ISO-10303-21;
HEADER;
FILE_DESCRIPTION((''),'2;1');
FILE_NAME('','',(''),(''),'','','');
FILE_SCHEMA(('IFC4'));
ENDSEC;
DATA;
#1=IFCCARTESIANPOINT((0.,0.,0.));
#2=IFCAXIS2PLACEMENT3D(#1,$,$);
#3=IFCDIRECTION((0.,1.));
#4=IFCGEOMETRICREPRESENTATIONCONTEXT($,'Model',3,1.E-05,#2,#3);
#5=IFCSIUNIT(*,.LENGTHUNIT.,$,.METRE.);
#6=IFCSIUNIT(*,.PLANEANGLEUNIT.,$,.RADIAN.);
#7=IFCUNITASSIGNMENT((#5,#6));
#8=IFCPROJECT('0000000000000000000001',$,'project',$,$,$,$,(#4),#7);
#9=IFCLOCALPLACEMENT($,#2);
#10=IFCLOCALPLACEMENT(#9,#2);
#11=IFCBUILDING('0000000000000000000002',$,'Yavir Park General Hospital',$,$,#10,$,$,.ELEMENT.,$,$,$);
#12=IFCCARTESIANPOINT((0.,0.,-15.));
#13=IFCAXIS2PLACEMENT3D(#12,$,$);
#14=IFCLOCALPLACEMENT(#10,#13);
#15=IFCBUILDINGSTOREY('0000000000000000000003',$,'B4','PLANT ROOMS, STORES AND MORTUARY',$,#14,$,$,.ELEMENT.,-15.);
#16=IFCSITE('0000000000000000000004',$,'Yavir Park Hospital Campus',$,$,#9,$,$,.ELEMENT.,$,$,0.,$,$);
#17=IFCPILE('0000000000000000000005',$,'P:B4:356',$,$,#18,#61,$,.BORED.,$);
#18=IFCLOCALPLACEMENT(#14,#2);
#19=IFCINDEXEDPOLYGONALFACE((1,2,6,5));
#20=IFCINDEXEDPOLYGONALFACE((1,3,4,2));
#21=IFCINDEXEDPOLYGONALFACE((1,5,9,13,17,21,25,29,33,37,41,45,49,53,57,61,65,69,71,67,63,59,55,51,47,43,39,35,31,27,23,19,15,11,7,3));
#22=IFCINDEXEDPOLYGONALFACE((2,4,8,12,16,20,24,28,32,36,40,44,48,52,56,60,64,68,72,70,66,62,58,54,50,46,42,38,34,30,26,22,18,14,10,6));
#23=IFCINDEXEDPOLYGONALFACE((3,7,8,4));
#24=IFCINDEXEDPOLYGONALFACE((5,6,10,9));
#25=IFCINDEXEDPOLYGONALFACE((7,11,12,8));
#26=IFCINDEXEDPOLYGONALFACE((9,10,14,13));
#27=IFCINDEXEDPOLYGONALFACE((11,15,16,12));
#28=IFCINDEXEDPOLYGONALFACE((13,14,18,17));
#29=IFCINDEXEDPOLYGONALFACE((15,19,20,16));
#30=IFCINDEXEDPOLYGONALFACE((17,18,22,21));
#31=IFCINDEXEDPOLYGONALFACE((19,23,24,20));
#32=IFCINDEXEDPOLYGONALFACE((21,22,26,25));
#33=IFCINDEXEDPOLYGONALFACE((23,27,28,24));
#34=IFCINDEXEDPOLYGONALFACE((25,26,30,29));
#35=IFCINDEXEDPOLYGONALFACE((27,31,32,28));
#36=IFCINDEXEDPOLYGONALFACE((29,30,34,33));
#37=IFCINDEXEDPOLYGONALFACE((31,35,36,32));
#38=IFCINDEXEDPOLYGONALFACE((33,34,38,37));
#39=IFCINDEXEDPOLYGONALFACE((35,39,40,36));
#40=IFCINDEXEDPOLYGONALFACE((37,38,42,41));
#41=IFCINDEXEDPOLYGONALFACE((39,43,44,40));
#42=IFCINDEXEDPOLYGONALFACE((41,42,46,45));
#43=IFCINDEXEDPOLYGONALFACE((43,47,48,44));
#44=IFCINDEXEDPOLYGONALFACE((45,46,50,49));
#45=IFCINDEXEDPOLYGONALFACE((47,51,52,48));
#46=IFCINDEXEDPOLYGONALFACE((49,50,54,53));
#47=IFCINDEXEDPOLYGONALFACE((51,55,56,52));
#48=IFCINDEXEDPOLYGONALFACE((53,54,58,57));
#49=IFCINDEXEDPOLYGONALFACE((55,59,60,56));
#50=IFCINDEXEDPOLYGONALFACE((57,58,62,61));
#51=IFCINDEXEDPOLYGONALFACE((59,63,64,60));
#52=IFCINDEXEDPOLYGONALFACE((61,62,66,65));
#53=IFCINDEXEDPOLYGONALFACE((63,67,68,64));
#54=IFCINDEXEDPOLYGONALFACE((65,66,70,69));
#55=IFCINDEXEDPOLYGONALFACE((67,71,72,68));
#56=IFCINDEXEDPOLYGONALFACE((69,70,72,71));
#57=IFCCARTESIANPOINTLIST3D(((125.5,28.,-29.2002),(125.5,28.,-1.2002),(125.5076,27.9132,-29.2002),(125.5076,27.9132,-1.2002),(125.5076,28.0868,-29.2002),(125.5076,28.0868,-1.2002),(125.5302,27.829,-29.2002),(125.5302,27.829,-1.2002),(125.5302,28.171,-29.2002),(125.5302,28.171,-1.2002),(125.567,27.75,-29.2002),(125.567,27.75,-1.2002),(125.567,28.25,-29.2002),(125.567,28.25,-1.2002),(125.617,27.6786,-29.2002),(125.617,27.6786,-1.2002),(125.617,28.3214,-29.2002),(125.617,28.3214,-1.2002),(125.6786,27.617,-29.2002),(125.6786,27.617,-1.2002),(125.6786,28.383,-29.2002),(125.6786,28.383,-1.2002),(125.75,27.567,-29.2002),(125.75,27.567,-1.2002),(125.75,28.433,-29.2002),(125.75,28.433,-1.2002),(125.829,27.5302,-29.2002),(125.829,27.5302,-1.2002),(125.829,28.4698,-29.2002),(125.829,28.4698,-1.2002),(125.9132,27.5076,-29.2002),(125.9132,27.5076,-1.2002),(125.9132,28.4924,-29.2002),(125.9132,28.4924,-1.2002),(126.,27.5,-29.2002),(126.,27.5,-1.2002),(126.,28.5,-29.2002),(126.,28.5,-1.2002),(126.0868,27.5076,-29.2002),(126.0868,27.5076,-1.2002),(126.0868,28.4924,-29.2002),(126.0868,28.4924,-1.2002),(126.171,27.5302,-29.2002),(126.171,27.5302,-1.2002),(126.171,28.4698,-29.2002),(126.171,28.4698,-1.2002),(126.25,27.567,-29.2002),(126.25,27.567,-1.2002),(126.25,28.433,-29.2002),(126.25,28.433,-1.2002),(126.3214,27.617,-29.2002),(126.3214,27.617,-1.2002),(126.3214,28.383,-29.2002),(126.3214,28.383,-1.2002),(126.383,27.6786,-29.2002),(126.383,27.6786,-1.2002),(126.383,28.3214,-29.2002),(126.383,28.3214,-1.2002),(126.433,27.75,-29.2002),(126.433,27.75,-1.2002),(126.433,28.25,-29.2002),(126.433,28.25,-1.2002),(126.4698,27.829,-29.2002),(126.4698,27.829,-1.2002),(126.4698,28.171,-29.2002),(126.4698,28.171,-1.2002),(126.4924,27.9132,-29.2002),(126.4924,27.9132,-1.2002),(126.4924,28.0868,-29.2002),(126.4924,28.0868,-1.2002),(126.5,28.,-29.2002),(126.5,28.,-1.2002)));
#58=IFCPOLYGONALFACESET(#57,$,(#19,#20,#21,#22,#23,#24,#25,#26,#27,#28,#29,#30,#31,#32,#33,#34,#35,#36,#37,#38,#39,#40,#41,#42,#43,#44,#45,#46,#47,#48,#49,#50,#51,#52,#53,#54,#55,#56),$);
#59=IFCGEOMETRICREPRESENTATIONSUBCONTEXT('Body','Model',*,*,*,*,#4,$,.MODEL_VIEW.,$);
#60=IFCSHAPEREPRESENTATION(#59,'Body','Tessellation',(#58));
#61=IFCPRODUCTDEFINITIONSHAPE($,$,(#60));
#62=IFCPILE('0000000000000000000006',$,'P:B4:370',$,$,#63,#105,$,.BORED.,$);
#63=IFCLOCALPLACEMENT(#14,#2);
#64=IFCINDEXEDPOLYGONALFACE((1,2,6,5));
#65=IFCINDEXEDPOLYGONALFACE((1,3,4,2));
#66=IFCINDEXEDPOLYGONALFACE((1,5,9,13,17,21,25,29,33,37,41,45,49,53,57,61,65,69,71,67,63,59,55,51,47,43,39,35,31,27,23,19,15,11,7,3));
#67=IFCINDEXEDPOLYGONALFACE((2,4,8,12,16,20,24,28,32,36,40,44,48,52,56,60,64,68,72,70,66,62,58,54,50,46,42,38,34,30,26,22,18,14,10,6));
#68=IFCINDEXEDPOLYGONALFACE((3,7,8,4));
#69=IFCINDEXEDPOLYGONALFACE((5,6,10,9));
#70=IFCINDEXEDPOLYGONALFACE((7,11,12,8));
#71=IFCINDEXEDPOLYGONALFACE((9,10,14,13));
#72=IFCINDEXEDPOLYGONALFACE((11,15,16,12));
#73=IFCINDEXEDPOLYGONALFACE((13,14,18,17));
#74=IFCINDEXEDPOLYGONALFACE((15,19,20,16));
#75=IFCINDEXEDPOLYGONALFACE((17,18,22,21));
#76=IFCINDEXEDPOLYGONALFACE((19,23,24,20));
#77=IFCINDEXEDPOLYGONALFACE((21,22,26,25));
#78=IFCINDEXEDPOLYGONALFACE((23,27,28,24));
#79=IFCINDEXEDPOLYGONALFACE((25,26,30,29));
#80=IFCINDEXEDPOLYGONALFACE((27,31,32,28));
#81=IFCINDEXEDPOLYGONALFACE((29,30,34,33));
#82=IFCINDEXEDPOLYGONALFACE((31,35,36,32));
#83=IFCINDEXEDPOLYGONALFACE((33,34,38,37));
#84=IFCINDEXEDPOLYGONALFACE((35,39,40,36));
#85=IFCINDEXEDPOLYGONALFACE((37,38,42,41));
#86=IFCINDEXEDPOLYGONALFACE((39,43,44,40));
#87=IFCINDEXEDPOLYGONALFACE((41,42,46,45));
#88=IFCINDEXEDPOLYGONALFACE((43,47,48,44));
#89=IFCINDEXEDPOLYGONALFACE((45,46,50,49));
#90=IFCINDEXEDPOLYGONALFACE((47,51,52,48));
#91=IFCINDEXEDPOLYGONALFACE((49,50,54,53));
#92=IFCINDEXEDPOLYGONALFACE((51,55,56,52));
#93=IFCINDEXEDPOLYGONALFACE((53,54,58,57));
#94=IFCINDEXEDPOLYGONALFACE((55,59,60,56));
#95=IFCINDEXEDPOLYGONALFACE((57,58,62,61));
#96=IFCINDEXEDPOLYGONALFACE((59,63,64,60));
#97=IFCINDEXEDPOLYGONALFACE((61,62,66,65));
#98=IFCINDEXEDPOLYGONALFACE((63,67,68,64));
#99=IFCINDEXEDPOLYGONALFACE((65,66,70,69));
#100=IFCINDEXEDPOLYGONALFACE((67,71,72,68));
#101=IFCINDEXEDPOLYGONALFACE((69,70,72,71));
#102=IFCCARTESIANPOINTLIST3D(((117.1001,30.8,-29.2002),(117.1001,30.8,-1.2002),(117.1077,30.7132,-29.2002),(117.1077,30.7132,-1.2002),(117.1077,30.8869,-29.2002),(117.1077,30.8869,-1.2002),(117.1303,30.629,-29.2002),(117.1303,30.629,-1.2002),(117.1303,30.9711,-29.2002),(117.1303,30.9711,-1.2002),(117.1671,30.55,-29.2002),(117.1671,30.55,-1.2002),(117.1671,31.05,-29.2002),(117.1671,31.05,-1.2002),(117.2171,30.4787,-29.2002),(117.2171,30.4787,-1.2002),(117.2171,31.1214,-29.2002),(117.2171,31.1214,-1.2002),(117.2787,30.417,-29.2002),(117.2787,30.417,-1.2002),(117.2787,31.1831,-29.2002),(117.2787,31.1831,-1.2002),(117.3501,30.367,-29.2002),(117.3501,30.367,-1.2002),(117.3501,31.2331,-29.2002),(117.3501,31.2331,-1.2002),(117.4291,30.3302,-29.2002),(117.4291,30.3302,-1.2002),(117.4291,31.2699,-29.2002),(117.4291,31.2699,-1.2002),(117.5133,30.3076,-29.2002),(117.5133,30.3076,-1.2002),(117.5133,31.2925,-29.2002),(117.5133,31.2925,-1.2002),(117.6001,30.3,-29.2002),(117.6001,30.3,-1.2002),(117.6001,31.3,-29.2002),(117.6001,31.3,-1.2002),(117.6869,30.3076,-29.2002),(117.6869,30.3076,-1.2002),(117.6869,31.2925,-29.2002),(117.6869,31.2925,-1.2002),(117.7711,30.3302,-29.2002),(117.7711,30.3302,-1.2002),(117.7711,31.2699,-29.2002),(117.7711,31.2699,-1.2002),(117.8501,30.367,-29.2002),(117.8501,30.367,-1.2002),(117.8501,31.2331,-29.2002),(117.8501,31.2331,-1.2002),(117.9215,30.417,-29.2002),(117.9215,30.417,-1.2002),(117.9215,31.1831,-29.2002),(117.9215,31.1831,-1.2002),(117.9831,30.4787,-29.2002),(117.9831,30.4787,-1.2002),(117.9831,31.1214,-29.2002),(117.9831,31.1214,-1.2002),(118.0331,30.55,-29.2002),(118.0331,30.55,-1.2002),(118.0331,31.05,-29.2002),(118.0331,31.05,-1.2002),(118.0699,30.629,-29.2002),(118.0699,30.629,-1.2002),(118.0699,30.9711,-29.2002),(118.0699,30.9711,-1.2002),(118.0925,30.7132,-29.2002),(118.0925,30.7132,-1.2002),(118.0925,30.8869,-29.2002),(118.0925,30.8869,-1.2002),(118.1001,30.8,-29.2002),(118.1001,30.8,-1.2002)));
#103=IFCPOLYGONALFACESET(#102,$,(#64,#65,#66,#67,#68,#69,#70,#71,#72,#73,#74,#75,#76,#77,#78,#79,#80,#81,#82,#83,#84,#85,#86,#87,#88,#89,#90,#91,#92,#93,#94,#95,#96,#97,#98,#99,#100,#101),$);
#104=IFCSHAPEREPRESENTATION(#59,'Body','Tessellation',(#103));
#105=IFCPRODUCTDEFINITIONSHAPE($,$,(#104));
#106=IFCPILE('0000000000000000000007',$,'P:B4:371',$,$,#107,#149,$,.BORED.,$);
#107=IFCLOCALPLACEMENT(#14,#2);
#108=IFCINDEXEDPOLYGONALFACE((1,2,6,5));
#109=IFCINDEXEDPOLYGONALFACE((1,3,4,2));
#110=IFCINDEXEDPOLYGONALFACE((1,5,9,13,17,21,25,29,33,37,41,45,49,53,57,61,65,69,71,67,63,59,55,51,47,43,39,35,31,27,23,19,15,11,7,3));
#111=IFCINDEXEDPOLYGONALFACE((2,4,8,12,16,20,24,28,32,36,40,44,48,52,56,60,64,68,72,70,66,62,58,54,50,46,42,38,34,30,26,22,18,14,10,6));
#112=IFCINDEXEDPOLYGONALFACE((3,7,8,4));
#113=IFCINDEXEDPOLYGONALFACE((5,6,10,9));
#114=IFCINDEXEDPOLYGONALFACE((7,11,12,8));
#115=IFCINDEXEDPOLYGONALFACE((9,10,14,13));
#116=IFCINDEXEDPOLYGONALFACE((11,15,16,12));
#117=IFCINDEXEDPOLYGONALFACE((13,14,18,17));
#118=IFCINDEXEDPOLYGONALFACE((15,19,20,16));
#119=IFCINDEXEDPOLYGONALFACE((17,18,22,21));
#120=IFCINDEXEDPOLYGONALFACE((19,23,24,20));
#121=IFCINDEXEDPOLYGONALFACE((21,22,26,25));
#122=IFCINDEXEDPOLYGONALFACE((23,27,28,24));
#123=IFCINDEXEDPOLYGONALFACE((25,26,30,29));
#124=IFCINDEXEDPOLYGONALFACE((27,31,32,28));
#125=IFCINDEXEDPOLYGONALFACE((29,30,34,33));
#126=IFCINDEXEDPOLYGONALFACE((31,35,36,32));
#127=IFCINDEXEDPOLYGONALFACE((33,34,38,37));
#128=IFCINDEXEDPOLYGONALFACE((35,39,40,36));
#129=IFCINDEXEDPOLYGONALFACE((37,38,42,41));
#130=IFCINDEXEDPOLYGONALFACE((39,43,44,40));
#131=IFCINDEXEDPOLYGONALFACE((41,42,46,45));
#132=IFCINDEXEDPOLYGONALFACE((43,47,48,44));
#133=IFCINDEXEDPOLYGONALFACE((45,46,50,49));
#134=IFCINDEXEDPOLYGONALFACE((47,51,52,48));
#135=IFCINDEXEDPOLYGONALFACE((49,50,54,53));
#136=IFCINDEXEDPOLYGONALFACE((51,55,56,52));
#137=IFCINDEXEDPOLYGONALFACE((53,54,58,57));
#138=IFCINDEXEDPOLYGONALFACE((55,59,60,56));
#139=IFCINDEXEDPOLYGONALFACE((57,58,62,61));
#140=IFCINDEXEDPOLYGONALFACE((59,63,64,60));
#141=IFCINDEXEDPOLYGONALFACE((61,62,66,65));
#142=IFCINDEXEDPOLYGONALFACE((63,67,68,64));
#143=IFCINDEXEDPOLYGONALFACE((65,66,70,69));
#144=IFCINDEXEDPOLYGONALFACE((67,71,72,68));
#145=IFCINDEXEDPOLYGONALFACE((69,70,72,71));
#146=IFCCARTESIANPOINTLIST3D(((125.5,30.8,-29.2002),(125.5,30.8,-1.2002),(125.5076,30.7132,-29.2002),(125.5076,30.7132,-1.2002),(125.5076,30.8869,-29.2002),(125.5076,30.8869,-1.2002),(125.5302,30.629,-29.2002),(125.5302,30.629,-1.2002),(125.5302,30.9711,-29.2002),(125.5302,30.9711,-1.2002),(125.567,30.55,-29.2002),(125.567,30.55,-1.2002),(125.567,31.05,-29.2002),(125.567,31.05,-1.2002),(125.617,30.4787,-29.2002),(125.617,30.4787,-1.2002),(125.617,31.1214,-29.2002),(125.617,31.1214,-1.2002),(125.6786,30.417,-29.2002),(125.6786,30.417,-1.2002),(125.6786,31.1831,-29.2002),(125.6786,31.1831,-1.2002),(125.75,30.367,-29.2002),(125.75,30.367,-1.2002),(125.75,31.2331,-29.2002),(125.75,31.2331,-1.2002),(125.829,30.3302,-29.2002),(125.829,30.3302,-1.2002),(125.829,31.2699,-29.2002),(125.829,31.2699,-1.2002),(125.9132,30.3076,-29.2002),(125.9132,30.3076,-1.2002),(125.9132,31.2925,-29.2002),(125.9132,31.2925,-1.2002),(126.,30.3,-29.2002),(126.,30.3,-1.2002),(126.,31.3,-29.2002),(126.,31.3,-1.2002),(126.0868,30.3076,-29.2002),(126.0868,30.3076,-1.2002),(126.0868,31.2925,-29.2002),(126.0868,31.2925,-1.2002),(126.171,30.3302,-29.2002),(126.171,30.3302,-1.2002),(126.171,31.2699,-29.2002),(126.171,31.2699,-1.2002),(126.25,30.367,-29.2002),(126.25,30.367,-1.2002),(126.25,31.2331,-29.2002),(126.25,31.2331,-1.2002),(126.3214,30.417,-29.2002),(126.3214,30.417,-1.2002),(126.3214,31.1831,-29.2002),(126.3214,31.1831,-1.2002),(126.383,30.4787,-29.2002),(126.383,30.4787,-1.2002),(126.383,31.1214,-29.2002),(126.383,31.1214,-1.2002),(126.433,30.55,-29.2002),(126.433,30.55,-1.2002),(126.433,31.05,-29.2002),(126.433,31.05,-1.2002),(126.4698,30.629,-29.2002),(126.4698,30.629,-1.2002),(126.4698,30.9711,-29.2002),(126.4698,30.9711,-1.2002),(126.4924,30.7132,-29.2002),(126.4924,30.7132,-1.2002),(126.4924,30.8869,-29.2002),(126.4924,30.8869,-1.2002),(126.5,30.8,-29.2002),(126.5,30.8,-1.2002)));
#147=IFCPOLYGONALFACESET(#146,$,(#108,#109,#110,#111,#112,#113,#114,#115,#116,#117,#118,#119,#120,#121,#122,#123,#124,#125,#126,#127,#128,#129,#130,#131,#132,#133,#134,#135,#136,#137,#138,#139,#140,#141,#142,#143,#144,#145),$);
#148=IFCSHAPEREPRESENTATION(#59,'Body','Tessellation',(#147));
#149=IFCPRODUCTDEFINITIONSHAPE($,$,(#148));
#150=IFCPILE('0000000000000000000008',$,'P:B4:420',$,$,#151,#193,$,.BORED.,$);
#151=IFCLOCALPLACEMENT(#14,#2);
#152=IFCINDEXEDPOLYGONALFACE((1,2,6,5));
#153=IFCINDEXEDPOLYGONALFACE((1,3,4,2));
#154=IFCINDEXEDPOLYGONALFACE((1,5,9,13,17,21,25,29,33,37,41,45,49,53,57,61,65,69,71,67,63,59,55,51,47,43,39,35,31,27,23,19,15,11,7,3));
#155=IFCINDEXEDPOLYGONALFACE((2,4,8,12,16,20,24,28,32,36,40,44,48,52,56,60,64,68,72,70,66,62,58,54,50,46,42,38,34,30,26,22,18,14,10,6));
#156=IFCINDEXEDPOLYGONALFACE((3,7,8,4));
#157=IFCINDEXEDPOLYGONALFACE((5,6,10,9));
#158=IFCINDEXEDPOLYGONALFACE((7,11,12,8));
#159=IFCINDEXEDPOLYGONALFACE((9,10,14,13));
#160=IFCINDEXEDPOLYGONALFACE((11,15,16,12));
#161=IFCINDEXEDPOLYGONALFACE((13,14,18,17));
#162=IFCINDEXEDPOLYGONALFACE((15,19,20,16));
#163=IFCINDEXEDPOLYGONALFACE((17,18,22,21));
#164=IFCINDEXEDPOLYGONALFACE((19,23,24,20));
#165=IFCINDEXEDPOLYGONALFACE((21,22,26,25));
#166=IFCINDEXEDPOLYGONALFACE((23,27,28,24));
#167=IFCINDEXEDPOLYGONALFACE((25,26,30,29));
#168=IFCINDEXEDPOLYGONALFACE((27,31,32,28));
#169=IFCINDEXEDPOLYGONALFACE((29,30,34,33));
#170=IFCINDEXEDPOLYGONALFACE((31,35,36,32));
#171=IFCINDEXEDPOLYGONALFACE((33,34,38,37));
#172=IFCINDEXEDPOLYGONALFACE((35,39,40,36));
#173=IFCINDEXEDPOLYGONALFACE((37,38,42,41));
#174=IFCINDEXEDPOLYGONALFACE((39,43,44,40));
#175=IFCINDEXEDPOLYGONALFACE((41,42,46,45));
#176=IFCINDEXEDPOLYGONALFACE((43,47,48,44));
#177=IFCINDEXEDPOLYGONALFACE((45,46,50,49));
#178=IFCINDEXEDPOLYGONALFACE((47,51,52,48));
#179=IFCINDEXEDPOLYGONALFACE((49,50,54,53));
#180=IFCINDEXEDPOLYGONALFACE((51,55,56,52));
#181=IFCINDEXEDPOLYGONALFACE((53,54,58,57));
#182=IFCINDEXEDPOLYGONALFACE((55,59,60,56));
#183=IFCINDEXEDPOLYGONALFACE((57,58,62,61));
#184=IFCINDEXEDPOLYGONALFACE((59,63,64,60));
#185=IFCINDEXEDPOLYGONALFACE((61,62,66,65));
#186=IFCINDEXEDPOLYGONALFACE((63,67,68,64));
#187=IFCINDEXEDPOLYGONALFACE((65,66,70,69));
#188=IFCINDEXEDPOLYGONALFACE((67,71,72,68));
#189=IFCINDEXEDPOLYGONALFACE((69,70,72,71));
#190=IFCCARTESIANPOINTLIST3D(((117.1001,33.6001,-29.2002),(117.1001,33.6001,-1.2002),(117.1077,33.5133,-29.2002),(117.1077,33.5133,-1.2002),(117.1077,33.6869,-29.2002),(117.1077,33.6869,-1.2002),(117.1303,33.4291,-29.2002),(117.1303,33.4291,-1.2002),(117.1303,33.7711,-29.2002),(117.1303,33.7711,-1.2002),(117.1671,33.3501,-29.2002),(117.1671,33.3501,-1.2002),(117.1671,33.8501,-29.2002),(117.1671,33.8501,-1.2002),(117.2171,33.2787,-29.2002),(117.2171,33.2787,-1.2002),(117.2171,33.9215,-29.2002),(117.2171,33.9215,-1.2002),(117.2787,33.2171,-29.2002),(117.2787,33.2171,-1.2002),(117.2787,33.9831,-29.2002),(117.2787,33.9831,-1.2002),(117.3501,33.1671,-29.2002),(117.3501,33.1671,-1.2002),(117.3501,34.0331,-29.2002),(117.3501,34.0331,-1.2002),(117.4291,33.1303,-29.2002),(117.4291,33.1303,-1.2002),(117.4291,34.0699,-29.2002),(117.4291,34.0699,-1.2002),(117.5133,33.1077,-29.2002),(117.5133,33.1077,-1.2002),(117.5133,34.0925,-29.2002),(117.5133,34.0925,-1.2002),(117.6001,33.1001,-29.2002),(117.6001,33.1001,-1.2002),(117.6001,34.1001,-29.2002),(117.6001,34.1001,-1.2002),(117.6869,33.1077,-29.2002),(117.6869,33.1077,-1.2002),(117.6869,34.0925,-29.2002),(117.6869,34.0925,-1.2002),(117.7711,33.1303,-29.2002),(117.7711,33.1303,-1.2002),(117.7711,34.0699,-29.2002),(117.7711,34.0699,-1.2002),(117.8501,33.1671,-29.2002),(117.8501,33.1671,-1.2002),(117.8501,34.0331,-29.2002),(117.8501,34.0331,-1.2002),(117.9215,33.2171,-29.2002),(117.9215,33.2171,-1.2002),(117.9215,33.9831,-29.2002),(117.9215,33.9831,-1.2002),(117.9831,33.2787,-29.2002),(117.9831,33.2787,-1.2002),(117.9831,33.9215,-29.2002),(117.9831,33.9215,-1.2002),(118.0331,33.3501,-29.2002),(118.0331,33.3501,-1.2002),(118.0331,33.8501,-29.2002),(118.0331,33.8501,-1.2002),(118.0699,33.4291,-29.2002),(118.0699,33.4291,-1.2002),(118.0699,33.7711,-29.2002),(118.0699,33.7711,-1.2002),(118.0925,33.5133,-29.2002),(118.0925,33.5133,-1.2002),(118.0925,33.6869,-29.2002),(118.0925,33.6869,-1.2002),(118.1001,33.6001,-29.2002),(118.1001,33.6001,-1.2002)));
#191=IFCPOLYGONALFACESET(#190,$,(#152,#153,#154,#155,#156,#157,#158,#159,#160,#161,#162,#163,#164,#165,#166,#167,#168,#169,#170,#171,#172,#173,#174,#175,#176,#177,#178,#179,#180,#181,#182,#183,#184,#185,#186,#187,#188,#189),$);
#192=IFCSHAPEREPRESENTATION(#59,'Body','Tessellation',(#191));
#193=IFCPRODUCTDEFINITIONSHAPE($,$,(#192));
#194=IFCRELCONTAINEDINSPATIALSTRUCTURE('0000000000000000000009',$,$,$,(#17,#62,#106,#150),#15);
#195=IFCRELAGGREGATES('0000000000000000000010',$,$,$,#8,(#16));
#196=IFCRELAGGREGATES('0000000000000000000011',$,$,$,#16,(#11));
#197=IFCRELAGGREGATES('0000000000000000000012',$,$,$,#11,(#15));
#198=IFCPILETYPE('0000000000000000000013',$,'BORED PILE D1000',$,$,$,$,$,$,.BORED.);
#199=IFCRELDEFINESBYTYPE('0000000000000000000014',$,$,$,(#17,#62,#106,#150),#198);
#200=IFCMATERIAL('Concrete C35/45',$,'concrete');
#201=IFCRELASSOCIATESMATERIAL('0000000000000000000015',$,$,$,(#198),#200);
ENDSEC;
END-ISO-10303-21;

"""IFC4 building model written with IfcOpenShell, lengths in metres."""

from ifc_helpers import new_model, si_unit, direction, frame, origin, origin_2d, place, context, subcontext, project, spatial, circle, extrude, material, material_profile, profile_set, type_object, element, save


model = new_model("IFC4")

# Units and contexts
model_context = context("Model", 3, precision=1e-05, world=origin(), true_north=direction((0.0, 1.0)))
body_context = subcontext(model_context, "Body", "Model", "MODEL_VIEW")
ifc_project = project(units=[si_unit("LENGTHUNIT", "METRE"), si_unit("PLANEANGLEUNIT", "RADIAN")], contexts=[model_context])

# Site, building, storey
site_placement = place(None, origin())
site = spatial("IfcSite", under=ifc_project, at=site_placement, Name="Yavir Park Hospital Campus", CompositionType="ELEMENT", RefElevation=0.0)
building_placement = place(site_placement, origin())
building = spatial("IfcBuilding", under=site, at=building_placement, Name="Yavir Park General Hospital", CompositionType="ELEMENT")
storey_placement = place(building_placement, frame((0.0, 0.0, -15.0)))
storey = spatial("IfcBuildingStorey", under=building, at=storey_placement, Name="B4", Description="PLANT ROOMS, STORES AND MORTUARY", CompositionType="ELEMENT", Elevation=-15.0)

# Piles
ifc_material_1 = material(Name="Concrete C35/45", Category="concrete")
ifc_material_profile = material_profile(ifc_material_1, circle(Radius=0.5, at=origin_2d()), Name="D1000")
ifc_profile_set = profile_set([ifc_material_profile], Name="Concrete C35/45")
pile_type = type_object("IfcPileType", Name="BORED PILE D1000", PredefinedType="BORED", material=ifc_profile_set)
for number, where, z_axis, x_axis, name in (
    (1, (126.0, 28.0, -1.2002), (0.0, 0.0, -1.0), (1.0, 0.0, 0.0), "P:B4:356"),
    (2, (117.6001, 30.8, -1.2002), (0.0, 0.0, -1.0), (1.0, 0.0, 0.0), "P:B4:370"),
    (3, (126.0, 30.8, -1.2002), (0.0, 0.0, -1.0), (1.0, 0.0, 0.0), "P:B4:371"),
    (4, (117.6001, 33.6001, -1.2002), (0.0, 0.0, -1.0), (1.0, 0.0, 0.0), "P:B4:420"),
):
    element("IfcPile", number, at=place(storey_placement, frame(where, z_axis=z_axis, x_axis=x_axis)), inside=storey, type_object=pile_type, Name=name, PredefinedType="BORED", context=body_context, shape_type="SweptSolid", body=[
        extrude(circle(Radius=0.5, at=origin_2d()), origin(), (0.0, 0.0, 1.0), 28.0),
    ])

save(model, "model.ifc")
